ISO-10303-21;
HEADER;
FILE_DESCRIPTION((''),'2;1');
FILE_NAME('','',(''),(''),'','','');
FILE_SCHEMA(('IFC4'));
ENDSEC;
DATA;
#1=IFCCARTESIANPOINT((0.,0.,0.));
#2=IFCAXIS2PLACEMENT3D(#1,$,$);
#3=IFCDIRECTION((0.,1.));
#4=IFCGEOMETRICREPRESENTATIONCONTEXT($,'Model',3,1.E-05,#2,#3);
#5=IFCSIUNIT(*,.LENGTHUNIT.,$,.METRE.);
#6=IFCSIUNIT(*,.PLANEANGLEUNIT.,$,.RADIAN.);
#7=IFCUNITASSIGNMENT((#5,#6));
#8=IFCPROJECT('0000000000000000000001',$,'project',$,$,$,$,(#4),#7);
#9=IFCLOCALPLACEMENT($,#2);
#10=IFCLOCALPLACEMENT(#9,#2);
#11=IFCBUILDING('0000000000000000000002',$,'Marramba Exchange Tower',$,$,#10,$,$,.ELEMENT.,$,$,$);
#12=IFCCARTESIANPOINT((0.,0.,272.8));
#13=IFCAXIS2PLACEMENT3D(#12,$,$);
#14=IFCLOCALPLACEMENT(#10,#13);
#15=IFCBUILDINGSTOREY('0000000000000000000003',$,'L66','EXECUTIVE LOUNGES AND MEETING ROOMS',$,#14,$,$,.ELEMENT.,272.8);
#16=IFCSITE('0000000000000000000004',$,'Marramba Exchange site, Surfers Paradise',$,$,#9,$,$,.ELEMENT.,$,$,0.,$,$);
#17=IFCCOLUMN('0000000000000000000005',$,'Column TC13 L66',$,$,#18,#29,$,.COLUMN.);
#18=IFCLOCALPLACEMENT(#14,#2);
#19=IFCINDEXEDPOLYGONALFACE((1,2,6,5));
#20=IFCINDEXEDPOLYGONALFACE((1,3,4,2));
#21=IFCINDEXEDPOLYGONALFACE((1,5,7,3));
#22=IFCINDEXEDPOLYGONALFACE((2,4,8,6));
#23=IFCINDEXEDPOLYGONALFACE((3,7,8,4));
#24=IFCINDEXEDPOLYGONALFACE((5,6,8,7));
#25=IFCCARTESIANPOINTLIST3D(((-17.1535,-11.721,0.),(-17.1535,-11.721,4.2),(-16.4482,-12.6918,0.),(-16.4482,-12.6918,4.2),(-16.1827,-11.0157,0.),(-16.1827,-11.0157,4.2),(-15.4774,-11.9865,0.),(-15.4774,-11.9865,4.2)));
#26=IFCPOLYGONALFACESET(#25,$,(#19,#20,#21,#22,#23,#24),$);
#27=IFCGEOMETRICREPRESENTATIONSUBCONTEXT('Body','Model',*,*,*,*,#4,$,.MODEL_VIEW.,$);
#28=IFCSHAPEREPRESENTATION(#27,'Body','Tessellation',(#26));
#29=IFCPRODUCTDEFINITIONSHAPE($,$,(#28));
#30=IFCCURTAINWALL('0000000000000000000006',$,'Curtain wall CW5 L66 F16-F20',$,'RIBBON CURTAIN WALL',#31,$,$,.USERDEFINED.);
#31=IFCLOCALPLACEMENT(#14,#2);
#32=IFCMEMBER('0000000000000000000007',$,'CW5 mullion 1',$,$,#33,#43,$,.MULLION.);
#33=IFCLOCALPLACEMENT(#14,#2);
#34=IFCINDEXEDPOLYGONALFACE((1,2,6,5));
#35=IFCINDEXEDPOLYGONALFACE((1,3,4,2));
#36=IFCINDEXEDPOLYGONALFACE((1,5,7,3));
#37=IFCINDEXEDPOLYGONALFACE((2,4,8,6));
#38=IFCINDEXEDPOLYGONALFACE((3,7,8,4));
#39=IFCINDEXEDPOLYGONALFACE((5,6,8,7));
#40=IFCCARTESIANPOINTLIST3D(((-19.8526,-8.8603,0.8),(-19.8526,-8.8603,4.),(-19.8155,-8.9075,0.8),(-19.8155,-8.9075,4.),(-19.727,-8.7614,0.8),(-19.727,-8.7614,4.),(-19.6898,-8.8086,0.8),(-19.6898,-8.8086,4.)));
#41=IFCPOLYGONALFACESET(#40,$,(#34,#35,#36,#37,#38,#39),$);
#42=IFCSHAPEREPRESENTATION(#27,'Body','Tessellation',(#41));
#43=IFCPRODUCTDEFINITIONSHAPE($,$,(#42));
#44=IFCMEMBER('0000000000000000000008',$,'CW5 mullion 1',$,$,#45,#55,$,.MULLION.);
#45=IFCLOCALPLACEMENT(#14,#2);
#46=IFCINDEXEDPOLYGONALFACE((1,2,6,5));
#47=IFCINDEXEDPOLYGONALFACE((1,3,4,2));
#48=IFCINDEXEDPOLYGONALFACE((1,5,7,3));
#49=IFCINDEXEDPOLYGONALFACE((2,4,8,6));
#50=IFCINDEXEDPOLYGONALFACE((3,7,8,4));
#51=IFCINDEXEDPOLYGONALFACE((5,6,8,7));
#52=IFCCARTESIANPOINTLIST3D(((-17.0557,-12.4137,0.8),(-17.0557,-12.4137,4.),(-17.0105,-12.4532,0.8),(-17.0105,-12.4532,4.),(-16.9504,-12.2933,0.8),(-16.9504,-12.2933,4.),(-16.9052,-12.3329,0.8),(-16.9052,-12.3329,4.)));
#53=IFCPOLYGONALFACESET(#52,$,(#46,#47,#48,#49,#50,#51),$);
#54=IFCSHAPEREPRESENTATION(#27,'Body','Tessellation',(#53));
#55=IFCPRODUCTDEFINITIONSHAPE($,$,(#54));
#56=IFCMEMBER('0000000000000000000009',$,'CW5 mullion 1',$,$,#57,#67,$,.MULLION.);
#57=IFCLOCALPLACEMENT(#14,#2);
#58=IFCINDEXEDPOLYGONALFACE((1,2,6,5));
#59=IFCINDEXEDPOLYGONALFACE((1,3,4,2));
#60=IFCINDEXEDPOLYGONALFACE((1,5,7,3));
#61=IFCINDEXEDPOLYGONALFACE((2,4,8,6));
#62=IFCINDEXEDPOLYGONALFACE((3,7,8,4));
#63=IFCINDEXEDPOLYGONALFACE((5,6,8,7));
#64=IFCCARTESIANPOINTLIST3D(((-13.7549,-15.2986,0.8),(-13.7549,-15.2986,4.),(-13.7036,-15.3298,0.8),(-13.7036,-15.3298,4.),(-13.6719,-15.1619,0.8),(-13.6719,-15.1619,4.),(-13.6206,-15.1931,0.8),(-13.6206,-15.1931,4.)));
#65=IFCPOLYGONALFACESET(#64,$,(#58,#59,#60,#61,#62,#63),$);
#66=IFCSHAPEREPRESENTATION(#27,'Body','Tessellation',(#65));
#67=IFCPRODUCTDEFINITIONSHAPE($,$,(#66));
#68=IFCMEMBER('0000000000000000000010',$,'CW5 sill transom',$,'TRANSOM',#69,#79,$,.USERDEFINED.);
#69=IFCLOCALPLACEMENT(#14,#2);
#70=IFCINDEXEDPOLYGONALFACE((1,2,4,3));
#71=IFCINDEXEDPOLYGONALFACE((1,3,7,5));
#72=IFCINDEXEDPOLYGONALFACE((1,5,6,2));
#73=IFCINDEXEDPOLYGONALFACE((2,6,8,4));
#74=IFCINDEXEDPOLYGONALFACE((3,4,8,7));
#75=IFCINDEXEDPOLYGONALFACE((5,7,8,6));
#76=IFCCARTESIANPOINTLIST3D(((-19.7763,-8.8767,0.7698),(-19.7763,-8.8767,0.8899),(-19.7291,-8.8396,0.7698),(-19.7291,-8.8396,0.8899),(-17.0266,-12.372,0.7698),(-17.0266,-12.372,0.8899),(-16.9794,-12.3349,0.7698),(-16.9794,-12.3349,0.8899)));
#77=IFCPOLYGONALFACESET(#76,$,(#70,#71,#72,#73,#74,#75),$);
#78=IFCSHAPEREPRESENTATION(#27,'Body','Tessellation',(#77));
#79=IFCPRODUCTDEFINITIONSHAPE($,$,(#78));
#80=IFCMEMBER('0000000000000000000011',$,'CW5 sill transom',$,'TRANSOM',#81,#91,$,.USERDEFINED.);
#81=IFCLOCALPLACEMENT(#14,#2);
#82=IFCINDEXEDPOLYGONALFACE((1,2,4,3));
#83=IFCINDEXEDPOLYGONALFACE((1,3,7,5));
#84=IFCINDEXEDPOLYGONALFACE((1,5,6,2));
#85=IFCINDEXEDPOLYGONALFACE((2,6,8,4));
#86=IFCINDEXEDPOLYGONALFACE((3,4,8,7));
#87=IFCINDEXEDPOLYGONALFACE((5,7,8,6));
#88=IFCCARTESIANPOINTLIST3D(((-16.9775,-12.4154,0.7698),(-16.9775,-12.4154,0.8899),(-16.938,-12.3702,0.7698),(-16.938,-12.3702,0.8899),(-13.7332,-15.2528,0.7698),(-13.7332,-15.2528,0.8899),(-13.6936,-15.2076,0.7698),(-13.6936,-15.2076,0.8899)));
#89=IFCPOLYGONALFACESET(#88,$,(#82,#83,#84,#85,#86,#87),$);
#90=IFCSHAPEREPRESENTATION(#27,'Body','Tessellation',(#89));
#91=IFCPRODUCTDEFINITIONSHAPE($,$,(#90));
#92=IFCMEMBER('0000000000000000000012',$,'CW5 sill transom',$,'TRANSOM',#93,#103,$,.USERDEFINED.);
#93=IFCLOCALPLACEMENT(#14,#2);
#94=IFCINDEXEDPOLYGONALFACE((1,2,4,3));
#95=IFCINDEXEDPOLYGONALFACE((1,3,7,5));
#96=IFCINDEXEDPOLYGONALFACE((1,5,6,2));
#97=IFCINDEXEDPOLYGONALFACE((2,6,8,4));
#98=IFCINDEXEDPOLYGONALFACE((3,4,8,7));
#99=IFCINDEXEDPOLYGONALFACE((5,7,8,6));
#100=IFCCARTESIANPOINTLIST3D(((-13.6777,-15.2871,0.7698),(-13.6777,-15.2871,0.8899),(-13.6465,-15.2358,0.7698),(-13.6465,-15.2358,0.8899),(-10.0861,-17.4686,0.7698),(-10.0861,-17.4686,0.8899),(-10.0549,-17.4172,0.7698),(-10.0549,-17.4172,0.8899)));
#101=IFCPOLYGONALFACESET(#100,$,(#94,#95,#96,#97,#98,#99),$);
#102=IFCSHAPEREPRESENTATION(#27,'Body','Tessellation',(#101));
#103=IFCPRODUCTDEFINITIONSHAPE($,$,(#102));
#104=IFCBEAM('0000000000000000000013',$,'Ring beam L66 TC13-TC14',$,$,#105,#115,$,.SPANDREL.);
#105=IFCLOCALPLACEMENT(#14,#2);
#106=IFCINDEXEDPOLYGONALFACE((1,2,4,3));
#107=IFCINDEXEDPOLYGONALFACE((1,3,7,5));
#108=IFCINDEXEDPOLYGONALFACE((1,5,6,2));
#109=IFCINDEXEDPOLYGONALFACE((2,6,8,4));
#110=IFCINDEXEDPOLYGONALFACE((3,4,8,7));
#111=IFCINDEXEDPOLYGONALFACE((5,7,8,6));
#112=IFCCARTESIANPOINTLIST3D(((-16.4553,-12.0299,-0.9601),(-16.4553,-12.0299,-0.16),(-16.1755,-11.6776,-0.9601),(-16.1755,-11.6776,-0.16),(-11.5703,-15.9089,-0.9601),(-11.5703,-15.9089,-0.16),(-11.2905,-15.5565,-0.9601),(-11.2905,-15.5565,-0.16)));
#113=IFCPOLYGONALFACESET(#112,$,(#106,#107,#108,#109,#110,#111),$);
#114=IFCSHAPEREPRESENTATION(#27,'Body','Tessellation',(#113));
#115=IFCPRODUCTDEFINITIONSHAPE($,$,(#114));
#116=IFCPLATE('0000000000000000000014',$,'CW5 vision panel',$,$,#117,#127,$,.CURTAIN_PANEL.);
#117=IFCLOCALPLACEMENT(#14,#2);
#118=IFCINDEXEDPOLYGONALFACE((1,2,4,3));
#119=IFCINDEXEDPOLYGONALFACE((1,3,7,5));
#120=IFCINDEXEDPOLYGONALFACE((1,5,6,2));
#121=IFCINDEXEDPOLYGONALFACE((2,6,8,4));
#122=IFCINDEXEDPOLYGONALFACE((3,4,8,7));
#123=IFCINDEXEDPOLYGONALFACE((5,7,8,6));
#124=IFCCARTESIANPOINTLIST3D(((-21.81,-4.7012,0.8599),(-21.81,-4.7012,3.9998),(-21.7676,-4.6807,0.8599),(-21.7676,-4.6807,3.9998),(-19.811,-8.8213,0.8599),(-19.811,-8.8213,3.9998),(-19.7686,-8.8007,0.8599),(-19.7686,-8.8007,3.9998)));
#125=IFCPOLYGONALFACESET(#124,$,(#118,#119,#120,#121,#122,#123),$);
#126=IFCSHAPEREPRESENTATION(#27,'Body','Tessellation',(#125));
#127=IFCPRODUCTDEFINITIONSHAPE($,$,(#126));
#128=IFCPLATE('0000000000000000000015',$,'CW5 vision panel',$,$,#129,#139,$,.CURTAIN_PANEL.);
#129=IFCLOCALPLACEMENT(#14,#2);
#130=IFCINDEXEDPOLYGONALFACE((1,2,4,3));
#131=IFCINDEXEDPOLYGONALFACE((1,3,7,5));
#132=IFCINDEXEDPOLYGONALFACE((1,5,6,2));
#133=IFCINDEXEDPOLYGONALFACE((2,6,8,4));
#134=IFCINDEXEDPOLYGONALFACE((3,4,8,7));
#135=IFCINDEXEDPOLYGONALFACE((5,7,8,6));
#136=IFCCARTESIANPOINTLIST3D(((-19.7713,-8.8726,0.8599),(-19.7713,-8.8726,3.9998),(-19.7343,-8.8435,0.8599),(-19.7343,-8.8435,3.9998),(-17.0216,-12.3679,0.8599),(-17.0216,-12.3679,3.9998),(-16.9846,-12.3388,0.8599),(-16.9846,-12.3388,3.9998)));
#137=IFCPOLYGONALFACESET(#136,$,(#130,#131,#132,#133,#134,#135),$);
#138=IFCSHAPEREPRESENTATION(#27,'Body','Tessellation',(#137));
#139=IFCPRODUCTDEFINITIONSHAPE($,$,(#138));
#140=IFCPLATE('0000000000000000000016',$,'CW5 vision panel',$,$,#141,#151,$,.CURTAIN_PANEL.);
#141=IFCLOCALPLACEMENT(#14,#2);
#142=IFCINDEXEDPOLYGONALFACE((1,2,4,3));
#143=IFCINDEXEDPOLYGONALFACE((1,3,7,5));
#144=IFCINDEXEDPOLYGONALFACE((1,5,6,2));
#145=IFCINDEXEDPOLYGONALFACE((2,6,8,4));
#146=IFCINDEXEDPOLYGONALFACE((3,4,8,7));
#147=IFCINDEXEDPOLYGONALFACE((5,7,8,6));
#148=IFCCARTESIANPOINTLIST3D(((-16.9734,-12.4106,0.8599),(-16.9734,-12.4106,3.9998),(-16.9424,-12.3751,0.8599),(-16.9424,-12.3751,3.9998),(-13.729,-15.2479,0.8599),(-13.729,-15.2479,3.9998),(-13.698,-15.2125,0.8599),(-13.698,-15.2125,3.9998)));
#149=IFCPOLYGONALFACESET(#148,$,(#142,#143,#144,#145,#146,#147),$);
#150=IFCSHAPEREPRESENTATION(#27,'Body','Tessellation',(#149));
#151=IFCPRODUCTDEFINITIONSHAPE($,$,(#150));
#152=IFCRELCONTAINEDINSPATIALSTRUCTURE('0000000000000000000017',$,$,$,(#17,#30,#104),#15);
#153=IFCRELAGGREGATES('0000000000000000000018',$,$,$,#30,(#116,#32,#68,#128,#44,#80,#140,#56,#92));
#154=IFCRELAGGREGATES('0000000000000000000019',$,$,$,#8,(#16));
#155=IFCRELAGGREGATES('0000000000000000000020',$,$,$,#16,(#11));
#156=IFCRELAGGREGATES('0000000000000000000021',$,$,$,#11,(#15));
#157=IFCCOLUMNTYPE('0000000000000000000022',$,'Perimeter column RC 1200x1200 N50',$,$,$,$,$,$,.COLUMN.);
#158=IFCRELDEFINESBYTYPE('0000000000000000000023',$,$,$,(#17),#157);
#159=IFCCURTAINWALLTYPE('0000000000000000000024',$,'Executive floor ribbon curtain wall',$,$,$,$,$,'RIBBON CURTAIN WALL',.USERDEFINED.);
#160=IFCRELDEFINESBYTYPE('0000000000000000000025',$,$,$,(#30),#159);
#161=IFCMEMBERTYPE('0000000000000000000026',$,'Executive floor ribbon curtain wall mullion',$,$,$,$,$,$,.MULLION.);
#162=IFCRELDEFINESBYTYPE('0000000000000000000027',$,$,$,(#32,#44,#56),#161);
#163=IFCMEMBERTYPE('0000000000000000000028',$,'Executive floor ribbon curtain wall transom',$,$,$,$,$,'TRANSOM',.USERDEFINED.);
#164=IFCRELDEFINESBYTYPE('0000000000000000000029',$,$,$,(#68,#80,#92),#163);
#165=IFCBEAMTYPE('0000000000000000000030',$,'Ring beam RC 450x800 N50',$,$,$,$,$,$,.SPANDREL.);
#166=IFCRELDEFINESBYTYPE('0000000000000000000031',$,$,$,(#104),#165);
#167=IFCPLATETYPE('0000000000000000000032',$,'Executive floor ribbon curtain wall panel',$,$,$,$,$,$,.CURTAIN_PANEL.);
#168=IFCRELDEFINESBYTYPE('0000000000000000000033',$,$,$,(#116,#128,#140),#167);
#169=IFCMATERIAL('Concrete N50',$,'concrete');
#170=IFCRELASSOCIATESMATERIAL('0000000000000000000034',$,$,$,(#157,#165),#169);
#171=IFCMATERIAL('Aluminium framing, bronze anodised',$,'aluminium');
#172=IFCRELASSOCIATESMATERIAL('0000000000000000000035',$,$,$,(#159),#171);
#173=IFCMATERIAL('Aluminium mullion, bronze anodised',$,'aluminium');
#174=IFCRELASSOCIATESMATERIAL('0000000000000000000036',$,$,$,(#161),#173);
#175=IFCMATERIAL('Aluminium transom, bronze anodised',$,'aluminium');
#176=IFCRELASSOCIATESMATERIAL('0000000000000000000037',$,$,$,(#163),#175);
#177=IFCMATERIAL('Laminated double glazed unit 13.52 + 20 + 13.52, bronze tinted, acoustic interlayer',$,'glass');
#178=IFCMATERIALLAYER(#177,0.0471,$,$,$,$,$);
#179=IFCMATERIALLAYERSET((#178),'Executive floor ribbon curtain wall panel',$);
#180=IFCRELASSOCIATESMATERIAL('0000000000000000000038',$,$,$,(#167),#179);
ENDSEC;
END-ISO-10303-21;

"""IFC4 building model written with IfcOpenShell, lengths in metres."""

from ifc_helpers import new_model, si_unit, direction, frame, origin, origin_2d, place, context, subcontext, project, spatial, rectangle, extrude, material, layer, layer_set, material_profile, profile_set, type_object, element, aggregate, save


model = new_model("IFC4")

# Units and contexts
model_context = context("Model", 3, precision=1e-05, world=origin(), true_north=direction((0.0, 1.0)))
body_context = subcontext(model_context, "Body", "Model", "MODEL_VIEW")
ifc_project = project(units=[si_unit("LENGTHUNIT", "METRE"), si_unit("PLANEANGLEUNIT", "RADIAN")], contexts=[model_context])

# Site, building, storey
site_placement = place(None, origin())
site = spatial("IfcSite", under=ifc_project, at=site_placement, Name="Marramba Exchange site, Surfers Paradise", CompositionType="ELEMENT", RefElevation=0.0)
building_placement = place(site_placement, origin())
building = spatial("IfcBuilding", under=site, at=building_placement, Name="Marramba Exchange Tower", CompositionType="ELEMENT")
storey_placement = place(building_placement, frame((0.0, 0.0, 272.8)))
storey = spatial("IfcBuildingStorey", under=building, at=storey_placement, Name="L66", Description="EXECUTIVE LOUNGES AND MEETING ROOMS", CompositionType="ELEMENT", Elevation=272.8)

# Column
ifc_material_1 = material(Name="Concrete N50", Category="concrete")
ifc_material_profile_1 = material_profile(ifc_material_1, rectangle(XDim=1.2, YDim=1.2, at=origin_2d()), Name="RC 1200x1200")
ifc_profile_set_1 = profile_set([ifc_material_profile_1], Name="Concrete N50")
column_type = type_object("IfcColumnType", Name="Perimeter column RC 1200x1200 N50", PredefinedType="COLUMN", material=ifc_profile_set_1)
column_placement = place(storey_placement, frame((-16.3154, -11.8538, 0.0), z_axis=(0.0, 0.0, 1.0), x_axis=(-0.809017, -0.587785, 0.0)))
element("IfcColumn", 1, at=column_placement, inside=storey, type_object=column_type, Name="Column TC13 L66", PredefinedType="COLUMN", context=body_context, shape_type="SweptSolid", body=[
    extrude(rectangle(XDim=1.2, YDim=1.2, at=origin_2d()), origin(), (0.0, 0.0, 1.0), 4.2),
])

# Curtain wall, members
ifc_material_2 = material(Name="Aluminium framing, bronze anodised", Category="aluminium")
curtain_wall_type = type_object("IfcCurtainWallType", Name="Executive floor ribbon curtain wall", ElementType="RIBBON CURTAIN WALL", PredefinedType="USERDEFINED", material=ifc_material_2)
curtain_wall_placement = place(storey_placement, origin())
curtain_wall = element("IfcCurtainWall", 2, at=curtain_wall_placement, inside=storey, type_object=curtain_wall_type, Name="Curtain wall CW5 L66 F16-F20", ObjectType="RIBBON CURTAIN WALL", PredefinedType="USERDEFINED")
ifc_material_3 = material(Name="Aluminium mullion, bronze anodised", Category="aluminium")
ifc_material_profile_2 = material_profile(ifc_material_3, rectangle(XDim=0.1599, YDim=0.0601, at=origin_2d()), Name="CW5 mullion 60x160")
ifc_profile_set_2 = profile_set([ifc_material_profile_2], Name="Aluminium mullion, bronze anodised")
member_type_1 = type_object("IfcMemberType", Name="Executive floor ribbon curtain wall mullion", PredefinedType="MULLION", material=ifc_profile_set_2)
member_1_placement = place(storey_placement, frame((-19.7712, -8.8345, 0.8), z_axis=(0.0, 0.0, 1.0), x_axis=(0.78595, 0.618291, 0.0)))
member_1 = element("IfcMember", 3, at=member_1_placement, type_object=member_type_1, Name="CW5 mullion 1", PredefinedType="MULLION", context=body_context, shape_type="SweptSolid", body=[
    extrude(rectangle(XDim=0.1599, YDim=0.0601, at=origin_2d()), origin(), (0.0, 0.0, 1.0), 3.2),
])
member_2_placement = place(storey_placement, frame((-16.9805, -12.3733, 0.8), z_axis=(0.0, 0.0, 1.0), x_axis=(0.658305, 0.752751, 0.0)))
member_2 = element("IfcMember", 4, at=member_2_placement, type_object=member_type_1, Name="CW5 mullion 1", PredefinedType="MULLION", context=body_context, shape_type="SweptSolid", body=[
    extrude(rectangle(XDim=0.1599, YDim=0.0601, at=origin_2d()), origin(), (0.0, 0.0, 1.0), 3.2),
])
member_3_placement = place(storey_placement, frame((-13.6877, -15.2458, 0.8), z_axis=(0.0, 0.0, 1.0), x_axis=(0.519115, 0.854704, 0.0)))
member_3 = element("IfcMember", 5, at=member_3_placement, type_object=member_type_1, Name="CW5 mullion 1", PredefinedType="MULLION", context=body_context, shape_type="SweptSolid", body=[
    extrude(rectangle(XDim=0.1599, YDim=0.0601, at=origin_2d()), origin(), (0.0, 0.0, 1.0), 3.2),
])
ifc_material_4 = material(Name="Aluminium transom, bronze anodised", Category="aluminium")
ifc_material_profile_3 = material_profile(ifc_material_4, rectangle(XDim=0.0601, YDim=0.1201, at=origin_2d()), Name="CW5 transom 60x120")
ifc_profile_set_3 = profile_set([ifc_material_profile_3], Name="Aluminium transom, bronze anodised")
member_type_2 = type_object("IfcMemberType", Name="Executive floor ribbon curtain wall transom", ElementType="TRANSOM", PredefinedType="USERDEFINED", material=ifc_profile_set_3)
member_4_placement = place(storey_placement, frame((-19.7527, -8.8582, 0.8298), z_axis=(0.618294, -0.785947, 0.0), x_axis=(0.785947, 0.618294, 0.0)))
member_4 = element("IfcMember", 6, at=member_4_placement, type_object=member_type_2, Name="CW5 sill transom", ObjectType="TRANSOM", PredefinedType="USERDEFINED", context=body_context, shape_type="SweptSolid", body=[
    extrude(rectangle(XDim=0.0601, YDim=0.1201, at=origin_2d()), origin(), (0.0, 0.0, 1.0), 4.4473),
])
member_5_placement = place(storey_placement, frame((-16.9578, -12.3928, 0.8298), z_axis=(0.752742, -0.658316, 0.0), x_axis=(0.658316, 0.752742, 0.0)))
member_5 = element("IfcMember", 7, at=member_5_placement, type_object=member_type_2, Name="CW5 sill transom", ObjectType="TRANSOM", PredefinedType="USERDEFINED", context=body_context, shape_type="SweptSolid", body=[
    extrude(rectangle(XDim=0.0601, YDim=0.1201, at=origin_2d()), origin(), (0.0, 0.0, 1.0), 4.3101),
])
member_6_placement = place(storey_placement, frame((-13.6621, -15.2615, 0.8298), z_axis=(0.854702, -0.519119, 0.0), x_axis=(0.519119, 0.854702, 0.0)))
member_6 = element("IfcMember", 8, at=member_6_placement, type_object=member_type_2, Name="CW5 sill transom", ObjectType="TRANSOM", PredefinedType="USERDEFINED", context=body_context, shape_type="SweptSolid", body=[
    extrude(rectangle(XDim=0.0601, YDim=0.1201, at=origin_2d()), origin(), (0.0, 0.0, 1.0), 4.2021),
])

# Beam
ifc_material_profile_4 = material_profile(ifc_material_1, rectangle(XDim=0.45, YDim=0.8, at=origin_2d()), Name="RC 450x800")
ifc_profile_set_4 = profile_set([ifc_material_profile_4], Name="Concrete N50")
beam_type = type_object("IfcBeamType", Name="Ring beam RC 450x800 N50", PredefinedType="SPANDREL", material=ifc_profile_set_4)
beam_placement = place(storey_placement, frame((-16.3154, -11.8538, -0.5601), z_axis=(0.783139, -0.621846, 0.0), x_axis=(0.621846, 0.783139, 0.0)))
element("IfcBeam", 9, at=beam_placement, inside=storey, type_object=beam_type, Name="Ring beam L66 TC13-TC14", PredefinedType="SPANDREL", context=body_context, shape_type="SweptSolid", body=[
    extrude(rectangle(XDim=0.45, YDim=0.8, at=origin_2d()), origin(), (0.0, 0.0, 1.0), 6.2378),
])

# Plates
ifc_material_5 = material(Name="Laminated double glazed unit 13.52 + 20 + 13.52, bronze tinted, acoustic interlayer", Category="glass")
ifc_layer_1 = layer(ifc_material_5, 0.0471)
ifc_layer_set_1 = layer_set([ifc_layer_1], Name="Executive floor ribbon curtain wall panel")
plate_type = type_object("IfcPlateType", Name="Executive floor ribbon curtain wall panel", PredefinedType="CURTAIN_PANEL", material=ifc_layer_set_1)
plate_1_placement = place(storey_placement, frame((-20.7893, -6.751, 0.8599), z_axis=(0.0, 0.0, 1.0), x_axis=(0.436515, -0.899697, 0.0)))
plate_1 = element("IfcPlate", 10, at=plate_1_placement, type_object=plate_type, Name="CW5 vision panel", PredefinedType="CURTAIN_PANEL", context=body_context, shape_type="SweptSolid", body=[
    extrude(rectangle(XDim=4.5793, YDim=0.0471, at=origin_2d()), origin(), (0.0, 0.0, 1.0), 3.1399),
])
plate_2_placement = place(storey_placement, frame((-18.3779, -10.6057, 0.8599), z_axis=(0.0, 0.0, 1.0), x_axis=(0.618291, -0.78595, 0.0)))
plate_2 = element("IfcPlate", 11, at=plate_2_placement, type_object=plate_type, Name="CW5 vision panel", PredefinedType="CURTAIN_PANEL", context=body_context, shape_type="SweptSolid", body=[
    extrude(rectangle(XDim=4.4473, YDim=0.0471, at=origin_2d()), origin(), (0.0, 0.0, 1.0), 3.1399),
])
plate_3_placement = place(storey_placement, frame((-15.3357, -13.8115, 0.8599), z_axis=(0.0, 0.0, 1.0), x_axis=(0.752751, -0.658305, 0.0)))
plate_3 = element("IfcPlate", 12, at=plate_3_placement, type_object=plate_type, Name="CW5 vision panel", PredefinedType="CURTAIN_PANEL", context=body_context, shape_type="SweptSolid", body=[
    extrude(rectangle(XDim=4.3101, YDim=0.0471, at=origin_2d()), origin(), (0.0, 0.0, 1.0), 3.1399),
])
aggregate(curtain_wall, [plate_1, member_1, member_4, plate_2, member_2, member_5, plate_3, member_3, member_6])

save(model, "model.ifc")
